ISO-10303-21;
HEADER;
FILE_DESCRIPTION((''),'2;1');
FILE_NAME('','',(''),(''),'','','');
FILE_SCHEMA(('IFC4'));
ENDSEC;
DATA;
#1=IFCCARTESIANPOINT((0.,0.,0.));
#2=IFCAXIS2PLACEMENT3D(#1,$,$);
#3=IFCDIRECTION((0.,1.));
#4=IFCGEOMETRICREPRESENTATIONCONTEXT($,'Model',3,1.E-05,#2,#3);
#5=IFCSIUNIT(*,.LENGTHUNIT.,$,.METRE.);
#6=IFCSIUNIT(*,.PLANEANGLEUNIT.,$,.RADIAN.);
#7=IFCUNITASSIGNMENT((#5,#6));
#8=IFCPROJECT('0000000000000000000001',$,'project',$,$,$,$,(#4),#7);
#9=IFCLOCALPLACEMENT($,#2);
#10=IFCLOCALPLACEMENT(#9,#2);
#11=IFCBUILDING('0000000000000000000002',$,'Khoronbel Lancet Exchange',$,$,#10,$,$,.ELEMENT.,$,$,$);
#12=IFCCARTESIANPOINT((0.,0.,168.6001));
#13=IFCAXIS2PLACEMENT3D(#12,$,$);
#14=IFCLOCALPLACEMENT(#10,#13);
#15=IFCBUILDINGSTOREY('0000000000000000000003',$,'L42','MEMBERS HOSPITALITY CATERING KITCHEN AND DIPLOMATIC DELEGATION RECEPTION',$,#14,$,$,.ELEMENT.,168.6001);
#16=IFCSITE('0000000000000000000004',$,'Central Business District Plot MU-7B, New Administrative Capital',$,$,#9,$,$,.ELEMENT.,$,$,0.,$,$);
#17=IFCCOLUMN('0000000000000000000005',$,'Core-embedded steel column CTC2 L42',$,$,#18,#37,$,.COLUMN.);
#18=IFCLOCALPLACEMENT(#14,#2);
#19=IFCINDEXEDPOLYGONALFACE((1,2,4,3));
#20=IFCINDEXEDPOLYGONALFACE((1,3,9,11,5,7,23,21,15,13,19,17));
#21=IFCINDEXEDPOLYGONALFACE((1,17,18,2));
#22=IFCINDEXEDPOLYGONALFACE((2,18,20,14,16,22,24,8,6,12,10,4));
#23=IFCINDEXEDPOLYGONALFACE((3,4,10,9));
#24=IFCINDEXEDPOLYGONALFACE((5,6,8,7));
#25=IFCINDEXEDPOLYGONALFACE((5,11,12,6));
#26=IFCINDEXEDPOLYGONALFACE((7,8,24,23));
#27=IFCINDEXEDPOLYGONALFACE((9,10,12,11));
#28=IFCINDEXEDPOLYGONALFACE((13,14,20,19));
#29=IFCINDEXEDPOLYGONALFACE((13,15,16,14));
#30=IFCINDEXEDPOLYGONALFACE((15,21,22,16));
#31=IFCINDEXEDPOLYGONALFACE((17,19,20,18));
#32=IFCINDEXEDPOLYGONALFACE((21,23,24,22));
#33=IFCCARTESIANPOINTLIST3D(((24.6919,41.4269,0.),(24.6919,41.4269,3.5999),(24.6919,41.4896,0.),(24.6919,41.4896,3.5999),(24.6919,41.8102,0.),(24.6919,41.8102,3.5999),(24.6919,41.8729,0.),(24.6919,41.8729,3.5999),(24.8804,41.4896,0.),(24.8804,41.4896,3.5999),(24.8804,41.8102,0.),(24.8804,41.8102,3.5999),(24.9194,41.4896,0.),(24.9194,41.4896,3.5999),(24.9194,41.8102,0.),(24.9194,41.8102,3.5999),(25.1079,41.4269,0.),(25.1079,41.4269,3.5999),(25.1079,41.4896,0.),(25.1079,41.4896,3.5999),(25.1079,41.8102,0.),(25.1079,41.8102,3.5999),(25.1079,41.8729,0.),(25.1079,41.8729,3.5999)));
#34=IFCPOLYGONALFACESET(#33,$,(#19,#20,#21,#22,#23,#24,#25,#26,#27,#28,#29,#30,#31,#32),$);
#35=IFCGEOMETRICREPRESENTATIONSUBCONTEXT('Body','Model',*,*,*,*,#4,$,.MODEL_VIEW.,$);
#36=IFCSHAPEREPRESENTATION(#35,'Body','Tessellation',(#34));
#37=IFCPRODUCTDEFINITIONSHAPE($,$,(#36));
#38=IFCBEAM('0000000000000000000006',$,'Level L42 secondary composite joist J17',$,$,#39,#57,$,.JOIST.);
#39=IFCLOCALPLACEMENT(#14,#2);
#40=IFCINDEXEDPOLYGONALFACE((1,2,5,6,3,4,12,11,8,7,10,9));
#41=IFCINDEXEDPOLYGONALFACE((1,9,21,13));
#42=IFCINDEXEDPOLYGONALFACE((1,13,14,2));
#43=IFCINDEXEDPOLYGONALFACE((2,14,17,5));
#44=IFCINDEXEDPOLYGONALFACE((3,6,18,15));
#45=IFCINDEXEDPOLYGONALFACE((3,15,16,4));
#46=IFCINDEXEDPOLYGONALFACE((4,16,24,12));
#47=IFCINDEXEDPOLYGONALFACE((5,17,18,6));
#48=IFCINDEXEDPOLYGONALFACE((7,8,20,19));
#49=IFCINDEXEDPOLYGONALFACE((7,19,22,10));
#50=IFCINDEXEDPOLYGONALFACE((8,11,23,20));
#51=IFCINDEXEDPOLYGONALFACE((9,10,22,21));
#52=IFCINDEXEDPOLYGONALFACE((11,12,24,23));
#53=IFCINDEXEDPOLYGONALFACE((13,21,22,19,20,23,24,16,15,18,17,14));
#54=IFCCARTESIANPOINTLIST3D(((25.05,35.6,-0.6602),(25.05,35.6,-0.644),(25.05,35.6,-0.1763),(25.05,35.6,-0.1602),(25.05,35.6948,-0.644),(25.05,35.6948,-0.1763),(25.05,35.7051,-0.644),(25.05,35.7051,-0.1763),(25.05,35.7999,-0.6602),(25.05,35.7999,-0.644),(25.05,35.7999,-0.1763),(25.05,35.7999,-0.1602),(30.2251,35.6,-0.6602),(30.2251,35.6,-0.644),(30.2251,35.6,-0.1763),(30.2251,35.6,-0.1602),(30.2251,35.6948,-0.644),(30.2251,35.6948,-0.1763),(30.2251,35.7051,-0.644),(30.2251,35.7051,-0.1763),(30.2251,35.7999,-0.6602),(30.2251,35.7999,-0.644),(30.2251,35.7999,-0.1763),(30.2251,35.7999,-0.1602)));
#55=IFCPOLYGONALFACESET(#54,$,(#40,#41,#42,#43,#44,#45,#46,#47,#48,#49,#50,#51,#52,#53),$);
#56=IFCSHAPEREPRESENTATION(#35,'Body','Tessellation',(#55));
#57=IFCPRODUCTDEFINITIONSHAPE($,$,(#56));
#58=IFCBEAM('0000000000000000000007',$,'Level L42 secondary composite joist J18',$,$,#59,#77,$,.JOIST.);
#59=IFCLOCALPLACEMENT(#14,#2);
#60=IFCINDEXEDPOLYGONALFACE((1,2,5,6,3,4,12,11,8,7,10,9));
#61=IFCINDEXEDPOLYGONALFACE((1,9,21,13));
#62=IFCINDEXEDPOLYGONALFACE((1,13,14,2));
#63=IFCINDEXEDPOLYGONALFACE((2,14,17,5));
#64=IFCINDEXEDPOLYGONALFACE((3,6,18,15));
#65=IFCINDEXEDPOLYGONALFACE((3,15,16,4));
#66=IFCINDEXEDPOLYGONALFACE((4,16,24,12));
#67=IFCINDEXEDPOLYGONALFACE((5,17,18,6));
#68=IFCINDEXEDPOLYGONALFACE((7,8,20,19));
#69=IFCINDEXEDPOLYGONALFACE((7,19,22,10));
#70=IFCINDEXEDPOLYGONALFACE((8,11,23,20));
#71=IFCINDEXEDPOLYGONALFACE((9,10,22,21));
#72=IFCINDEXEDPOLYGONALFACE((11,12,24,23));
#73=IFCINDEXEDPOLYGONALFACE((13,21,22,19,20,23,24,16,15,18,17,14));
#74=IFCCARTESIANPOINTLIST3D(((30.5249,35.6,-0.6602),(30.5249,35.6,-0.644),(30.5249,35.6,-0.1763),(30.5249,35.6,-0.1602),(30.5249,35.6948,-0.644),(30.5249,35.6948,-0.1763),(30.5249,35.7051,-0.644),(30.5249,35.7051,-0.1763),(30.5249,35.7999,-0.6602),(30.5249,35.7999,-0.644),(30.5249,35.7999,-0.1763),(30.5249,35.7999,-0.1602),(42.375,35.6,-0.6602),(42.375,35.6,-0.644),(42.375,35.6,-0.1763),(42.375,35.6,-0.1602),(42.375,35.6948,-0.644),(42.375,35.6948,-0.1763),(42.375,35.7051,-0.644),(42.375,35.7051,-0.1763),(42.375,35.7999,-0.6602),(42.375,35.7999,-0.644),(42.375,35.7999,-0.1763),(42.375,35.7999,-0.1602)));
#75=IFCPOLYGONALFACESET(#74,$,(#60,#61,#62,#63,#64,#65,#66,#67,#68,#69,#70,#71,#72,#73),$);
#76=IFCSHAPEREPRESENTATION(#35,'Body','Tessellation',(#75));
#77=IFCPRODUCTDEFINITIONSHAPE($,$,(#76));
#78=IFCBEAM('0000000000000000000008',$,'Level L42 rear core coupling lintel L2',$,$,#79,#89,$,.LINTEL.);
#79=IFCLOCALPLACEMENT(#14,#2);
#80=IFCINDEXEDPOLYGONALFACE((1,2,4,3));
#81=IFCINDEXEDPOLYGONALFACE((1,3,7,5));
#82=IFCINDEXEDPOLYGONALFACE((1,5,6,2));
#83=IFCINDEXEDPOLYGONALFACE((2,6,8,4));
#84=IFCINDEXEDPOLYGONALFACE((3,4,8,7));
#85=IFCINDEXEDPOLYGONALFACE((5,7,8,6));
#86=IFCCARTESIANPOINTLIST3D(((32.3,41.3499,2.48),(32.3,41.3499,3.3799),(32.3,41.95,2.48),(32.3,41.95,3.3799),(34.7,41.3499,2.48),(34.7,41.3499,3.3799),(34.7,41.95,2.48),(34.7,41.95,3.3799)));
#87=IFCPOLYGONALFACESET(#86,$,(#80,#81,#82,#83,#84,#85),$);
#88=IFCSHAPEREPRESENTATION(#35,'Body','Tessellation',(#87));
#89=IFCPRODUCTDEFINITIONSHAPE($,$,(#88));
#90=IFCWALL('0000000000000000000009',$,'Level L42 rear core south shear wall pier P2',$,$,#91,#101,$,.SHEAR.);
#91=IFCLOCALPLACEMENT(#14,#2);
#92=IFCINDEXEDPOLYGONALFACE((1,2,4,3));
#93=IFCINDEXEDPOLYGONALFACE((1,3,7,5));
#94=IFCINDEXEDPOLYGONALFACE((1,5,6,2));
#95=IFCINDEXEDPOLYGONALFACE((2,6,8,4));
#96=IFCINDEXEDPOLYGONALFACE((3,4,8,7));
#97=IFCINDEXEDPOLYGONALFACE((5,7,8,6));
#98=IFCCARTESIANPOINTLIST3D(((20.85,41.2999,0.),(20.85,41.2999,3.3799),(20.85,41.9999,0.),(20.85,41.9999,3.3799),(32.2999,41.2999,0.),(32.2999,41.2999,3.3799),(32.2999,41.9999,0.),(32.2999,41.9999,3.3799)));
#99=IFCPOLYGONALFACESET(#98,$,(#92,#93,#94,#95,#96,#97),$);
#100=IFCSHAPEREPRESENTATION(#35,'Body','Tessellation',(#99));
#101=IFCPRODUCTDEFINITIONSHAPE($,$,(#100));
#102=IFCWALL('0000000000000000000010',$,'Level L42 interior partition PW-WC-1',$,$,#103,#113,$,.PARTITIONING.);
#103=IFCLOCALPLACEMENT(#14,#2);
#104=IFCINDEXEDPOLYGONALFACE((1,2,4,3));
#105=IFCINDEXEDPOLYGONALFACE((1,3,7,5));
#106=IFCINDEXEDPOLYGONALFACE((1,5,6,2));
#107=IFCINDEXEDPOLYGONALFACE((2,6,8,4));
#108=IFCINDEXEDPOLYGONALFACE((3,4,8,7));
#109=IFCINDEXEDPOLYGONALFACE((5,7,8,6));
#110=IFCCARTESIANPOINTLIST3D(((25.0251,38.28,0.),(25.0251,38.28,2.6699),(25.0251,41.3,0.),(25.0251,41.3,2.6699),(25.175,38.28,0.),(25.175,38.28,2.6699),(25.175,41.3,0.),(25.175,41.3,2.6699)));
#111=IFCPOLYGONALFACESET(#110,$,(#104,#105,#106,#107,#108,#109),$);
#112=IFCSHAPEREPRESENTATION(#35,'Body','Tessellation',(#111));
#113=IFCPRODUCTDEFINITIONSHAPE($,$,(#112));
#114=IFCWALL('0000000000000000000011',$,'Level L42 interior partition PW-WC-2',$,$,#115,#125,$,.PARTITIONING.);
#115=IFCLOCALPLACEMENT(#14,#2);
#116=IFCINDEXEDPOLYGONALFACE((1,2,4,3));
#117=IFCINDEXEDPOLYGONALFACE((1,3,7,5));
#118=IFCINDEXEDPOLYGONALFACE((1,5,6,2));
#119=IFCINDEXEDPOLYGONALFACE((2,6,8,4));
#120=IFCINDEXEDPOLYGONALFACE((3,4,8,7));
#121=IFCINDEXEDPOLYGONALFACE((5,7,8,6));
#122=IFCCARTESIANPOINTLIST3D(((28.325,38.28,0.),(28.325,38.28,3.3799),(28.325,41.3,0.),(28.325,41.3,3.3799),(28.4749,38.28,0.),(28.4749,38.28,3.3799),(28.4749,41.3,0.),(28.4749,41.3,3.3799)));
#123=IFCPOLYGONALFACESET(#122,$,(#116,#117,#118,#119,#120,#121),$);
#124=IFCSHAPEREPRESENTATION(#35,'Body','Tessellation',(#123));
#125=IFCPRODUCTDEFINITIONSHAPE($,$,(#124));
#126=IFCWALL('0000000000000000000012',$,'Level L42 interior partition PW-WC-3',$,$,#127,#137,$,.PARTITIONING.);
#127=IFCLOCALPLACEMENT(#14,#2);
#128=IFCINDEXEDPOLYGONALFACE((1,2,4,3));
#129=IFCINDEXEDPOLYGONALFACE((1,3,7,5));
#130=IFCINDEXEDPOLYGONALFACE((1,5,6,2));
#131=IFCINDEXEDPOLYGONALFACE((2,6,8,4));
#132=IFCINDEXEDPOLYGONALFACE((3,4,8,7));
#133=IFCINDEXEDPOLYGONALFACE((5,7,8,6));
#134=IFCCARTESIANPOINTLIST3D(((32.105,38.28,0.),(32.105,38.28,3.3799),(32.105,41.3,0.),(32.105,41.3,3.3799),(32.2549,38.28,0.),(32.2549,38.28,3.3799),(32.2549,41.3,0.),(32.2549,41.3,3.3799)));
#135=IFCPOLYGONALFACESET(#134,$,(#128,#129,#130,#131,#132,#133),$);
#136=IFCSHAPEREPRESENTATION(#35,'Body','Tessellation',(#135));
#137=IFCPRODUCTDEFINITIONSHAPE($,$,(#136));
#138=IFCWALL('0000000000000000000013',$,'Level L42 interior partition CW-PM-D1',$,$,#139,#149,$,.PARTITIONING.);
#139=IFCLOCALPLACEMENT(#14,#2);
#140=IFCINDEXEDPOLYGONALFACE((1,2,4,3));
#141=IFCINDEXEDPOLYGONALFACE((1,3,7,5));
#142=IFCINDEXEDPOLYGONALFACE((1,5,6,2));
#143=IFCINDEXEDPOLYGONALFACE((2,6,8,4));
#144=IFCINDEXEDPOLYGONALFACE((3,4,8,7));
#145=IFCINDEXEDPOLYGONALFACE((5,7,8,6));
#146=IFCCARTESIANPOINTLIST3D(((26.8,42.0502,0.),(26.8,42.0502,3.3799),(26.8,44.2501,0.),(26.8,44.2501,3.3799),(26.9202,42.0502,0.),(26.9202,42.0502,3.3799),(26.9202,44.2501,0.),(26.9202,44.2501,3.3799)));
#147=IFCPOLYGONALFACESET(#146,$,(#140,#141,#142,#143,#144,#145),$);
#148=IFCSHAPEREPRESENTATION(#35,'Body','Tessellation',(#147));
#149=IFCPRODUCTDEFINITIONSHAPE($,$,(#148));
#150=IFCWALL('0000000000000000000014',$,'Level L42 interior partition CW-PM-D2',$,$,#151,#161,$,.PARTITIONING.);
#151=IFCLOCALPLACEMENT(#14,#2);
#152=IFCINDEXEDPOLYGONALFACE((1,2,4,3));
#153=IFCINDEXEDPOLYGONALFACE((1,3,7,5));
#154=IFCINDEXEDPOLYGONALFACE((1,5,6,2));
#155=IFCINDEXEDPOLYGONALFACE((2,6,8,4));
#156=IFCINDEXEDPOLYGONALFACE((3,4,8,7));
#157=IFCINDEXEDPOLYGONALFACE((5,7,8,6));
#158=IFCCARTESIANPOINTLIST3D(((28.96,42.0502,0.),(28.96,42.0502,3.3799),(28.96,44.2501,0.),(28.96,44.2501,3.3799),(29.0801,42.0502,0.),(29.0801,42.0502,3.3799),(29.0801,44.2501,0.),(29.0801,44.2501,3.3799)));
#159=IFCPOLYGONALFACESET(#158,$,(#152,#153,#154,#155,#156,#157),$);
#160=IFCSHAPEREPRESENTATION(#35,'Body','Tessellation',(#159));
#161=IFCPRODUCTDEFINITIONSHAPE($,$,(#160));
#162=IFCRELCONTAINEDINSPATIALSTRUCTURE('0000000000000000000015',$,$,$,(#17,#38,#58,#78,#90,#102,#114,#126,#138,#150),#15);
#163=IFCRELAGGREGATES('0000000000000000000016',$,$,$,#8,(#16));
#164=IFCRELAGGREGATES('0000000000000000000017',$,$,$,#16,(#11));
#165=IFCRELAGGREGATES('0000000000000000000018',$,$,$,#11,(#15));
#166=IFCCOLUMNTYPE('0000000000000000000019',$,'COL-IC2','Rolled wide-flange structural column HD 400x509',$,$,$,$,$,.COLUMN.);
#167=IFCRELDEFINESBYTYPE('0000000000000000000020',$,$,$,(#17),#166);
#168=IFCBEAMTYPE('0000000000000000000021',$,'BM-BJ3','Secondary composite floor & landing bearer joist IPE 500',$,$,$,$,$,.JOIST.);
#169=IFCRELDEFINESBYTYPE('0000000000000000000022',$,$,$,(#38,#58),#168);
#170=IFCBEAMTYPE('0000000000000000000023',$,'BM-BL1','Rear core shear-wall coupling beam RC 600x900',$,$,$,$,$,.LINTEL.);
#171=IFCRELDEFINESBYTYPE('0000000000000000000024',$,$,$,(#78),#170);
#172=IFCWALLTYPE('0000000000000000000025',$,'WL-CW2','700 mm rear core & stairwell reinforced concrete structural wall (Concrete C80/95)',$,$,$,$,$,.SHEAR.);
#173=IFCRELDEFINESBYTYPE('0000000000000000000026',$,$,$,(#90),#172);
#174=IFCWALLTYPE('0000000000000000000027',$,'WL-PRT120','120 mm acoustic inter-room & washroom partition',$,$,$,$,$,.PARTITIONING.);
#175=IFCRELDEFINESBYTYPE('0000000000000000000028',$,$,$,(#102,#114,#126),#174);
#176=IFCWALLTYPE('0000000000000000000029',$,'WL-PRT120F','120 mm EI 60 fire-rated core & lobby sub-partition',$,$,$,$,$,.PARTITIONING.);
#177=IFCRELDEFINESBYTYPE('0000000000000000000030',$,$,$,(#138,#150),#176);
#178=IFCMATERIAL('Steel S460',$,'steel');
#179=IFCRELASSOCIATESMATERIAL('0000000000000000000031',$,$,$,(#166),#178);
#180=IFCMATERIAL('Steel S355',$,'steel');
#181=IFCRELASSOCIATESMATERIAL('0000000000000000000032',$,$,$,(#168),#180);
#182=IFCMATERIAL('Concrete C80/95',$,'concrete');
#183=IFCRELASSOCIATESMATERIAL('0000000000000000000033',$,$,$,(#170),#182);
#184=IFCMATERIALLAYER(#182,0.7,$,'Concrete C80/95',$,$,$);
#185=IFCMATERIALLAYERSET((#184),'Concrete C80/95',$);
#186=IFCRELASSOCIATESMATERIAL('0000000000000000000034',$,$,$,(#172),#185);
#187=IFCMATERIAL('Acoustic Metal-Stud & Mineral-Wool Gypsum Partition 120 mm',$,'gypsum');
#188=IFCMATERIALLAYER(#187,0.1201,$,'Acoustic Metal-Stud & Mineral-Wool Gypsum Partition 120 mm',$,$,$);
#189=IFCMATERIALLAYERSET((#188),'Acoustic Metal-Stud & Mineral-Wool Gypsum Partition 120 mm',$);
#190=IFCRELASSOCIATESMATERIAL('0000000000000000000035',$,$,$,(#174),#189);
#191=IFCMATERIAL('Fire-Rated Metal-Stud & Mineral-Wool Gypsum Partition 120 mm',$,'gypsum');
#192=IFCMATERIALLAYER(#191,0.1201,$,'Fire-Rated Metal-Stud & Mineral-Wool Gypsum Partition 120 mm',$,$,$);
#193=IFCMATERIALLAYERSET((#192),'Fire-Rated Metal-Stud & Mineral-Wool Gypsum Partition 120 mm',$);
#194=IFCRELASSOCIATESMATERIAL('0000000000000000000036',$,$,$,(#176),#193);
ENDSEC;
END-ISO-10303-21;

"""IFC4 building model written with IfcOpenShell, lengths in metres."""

from ifc_helpers import new_model, si_unit, direction, frame, frame_2d, origin, origin_2d, place, context, subcontext, project, spatial, rectangle, i_section, extrude, material, layer, layer_set, material_profile, profile_set, type_object, element, save


model = new_model("IFC4")

# Units and contexts
model_context = context("Model", 3, precision=1e-05, world=origin(), true_north=direction((0.0, 1.0)))
body_context = subcontext(model_context, "Body", "Model", "MODEL_VIEW")
ifc_project = project(units=[si_unit("LENGTHUNIT", "METRE"), si_unit("PLANEANGLEUNIT", "RADIAN")], contexts=[model_context])

# Site, building, storey
site_placement = place(None, origin())
site = spatial("IfcSite", under=ifc_project, at=site_placement, Name="Central Business District Plot MU-7B, New Administrative Capital", CompositionType="ELEMENT", RefElevation=0.0)
building_placement = place(site_placement, origin())
building = spatial("IfcBuilding", under=site, at=building_placement, Name="Khoronbel Lancet Exchange", CompositionType="ELEMENT")
storey_placement = place(building_placement, frame((0.0, 0.0, 168.6001)))
storey = spatial("IfcBuildingStorey", under=building, at=storey_placement, Name="L42", Description="MEMBERS HOSPITALITY CATERING KITCHEN AND DIPLOMATIC DELEGATION RECEPTION", CompositionType="ELEMENT", Elevation=168.6001)

# Column
ifc_material_1 = material(Name="Steel S460", Category="steel")
ifc_material_profile_1 = material_profile(ifc_material_1, i_section(OverallWidth=0.416, OverallDepth=0.446, WebThickness=0.0391, FlangeThickness=0.0627, at=origin_2d()), Name="HD 400x509")
ifc_profile_set_1 = profile_set([ifc_material_profile_1], Name="Steel S460")
column_type = type_object("IfcColumnType", Name="COL-IC2", Description="Rolled wide-flange structural column HD 400x509", PredefinedType="COLUMN", material=ifc_profile_set_1)
column_placement = place(storey_placement, frame((24.8999, 41.6499, 0.0), z_axis=(0.0, 0.0, 1.0), x_axis=(1.0, 0.0, 0.0)))
element("IfcColumn", 1, at=column_placement, inside=storey, type_object=column_type, Name="Core-embedded steel column CTC2 L42", PredefinedType="COLUMN", context=body_context, shape_type="SweptSolid", body=[
    extrude(i_section(OverallWidth=0.416, OverallDepth=0.446, WebThickness=0.0391, FlangeThickness=0.0627, at=origin_2d()), origin(), (0.0, 0.0, 1.0), 3.5999),
])

# Beams
ifc_material_2 = material(Name="Steel S355", Category="steel")
ifc_material_profile_2 = material_profile(ifc_material_2, i_section(OverallWidth=0.2, OverallDepth=0.5, WebThickness=0.0103, FlangeThickness=0.0161, at=origin_2d()), Name="IPE 500")
ifc_profile_set_2 = profile_set([ifc_material_profile_2], Name="Steel S355")
beam_type_1 = type_object("IfcBeamType", Name="BM-BJ3", Description="Secondary composite floor & landing bearer joist IPE 500", PredefinedType="JOIST", material=ifc_profile_set_2)
beam_1_placement = place(storey_placement, frame((25.05, 35.7, -0.4102), z_axis=(1.0, 0.0, 0.0), x_axis=(0.0, 1.0, 0.0)))
element("IfcBeam", 2, at=beam_1_placement, inside=storey, type_object=beam_type_1, Name="Level L42 secondary composite joist J17", PredefinedType="JOIST", context=body_context, shape_type="SweptSolid", body=[
    extrude(i_section(OverallWidth=0.2, OverallDepth=0.5, WebThickness=0.0103, FlangeThickness=0.0161, at=origin_2d()), origin(), (0.0, 0.0, 1.0), 5.175),
])
beam_2_placement = place(storey_placement, frame((30.5249, 35.7, -0.4102), z_axis=(1.0, 0.0, 0.0), x_axis=(0.0, 1.0, 0.0)))
element("IfcBeam", 3, at=beam_2_placement, inside=storey, type_object=beam_type_1, Name="Level L42 secondary composite joist J18", PredefinedType="JOIST", context=body_context, shape_type="SweptSolid", body=[
    extrude(i_section(OverallWidth=0.2, OverallDepth=0.5, WebThickness=0.0103, FlangeThickness=0.0161, at=origin_2d()), origin(), (0.0, 0.0, 1.0), 11.8501),
])
ifc_material_3 = material(Name="Concrete C80/95", Category="concrete")
ifc_material_profile_3 = material_profile(ifc_material_3, rectangle(XDim=0.6001, YDim=0.8999, at=origin_2d()), Name="RC 600x900")
ifc_profile_set_3 = profile_set([ifc_material_profile_3], Name="Concrete C80/95")
beam_type_2 = type_object("IfcBeamType", Name="BM-BL1", Description="Rear core shear-wall coupling beam RC 600x900", PredefinedType="LINTEL", material=ifc_profile_set_3)
beam_3_placement = place(storey_placement, frame((32.3, 41.6499, 2.9299), z_axis=(1.0, 0.0, 0.0), x_axis=(0.0, 1.0, 0.0)))
element("IfcBeam", 4, at=beam_3_placement, inside=storey, type_object=beam_type_2, Name="Level L42 rear core coupling lintel L2", PredefinedType="LINTEL", context=body_context, shape_type="SweptSolid", body=[
    extrude(rectangle(XDim=0.6001, YDim=0.8999, at=origin_2d()), origin(), (0.0, 0.0, 1.0), 2.3999),
])

# Walls
ifc_layer_1 = layer(ifc_material_3, 0.7, Name="Concrete C80/95")
ifc_layer_set_1 = layer_set([ifc_layer_1], Name="Concrete C80/95")
wall_type_1 = type_object("IfcWallType", Name="WL-CW2", Description="700 mm rear core & stairwell reinforced concrete structural wall (Concrete C80/95)", PredefinedType="SHEAR", material=ifc_layer_set_1)
wall_1_placement = place(storey_placement, frame((32.3, 41.6499, 0.0), z_axis=(0.0, 0.0, 1.0), x_axis=(-1.0, 0.0, 0.0)))
element("IfcWall", 5, at=wall_1_placement, inside=storey, type_object=wall_type_1, Name="Level L42 rear core south shear wall pier P2", PredefinedType="SHEAR", context=body_context, shape_type="SweptSolid", body=[
    extrude(rectangle(XDim=11.45, YDim=0.7, at=frame_2d((5.7251, 0.0))), origin(), (0.0, 0.0, 1.0), 3.3799),
])
ifc_material_4 = material(Name="Acoustic Metal-Stud & Mineral-Wool Gypsum Partition 120 mm", Category="gypsum")
ifc_layer_2 = layer(ifc_material_4, 0.1201, Name="Acoustic Metal-Stud & Mineral-Wool Gypsum Partition 120 mm")
ifc_layer_set_2 = layer_set([ifc_layer_2], Name="Acoustic Metal-Stud & Mineral-Wool Gypsum Partition 120 mm")
wall_type_2 = type_object("IfcWallType", Name="WL-PRT120", Description="120 mm acoustic inter-room & washroom partition", PredefinedType="PARTITIONING", material=ifc_layer_set_2)
wall_2_placement = place(storey_placement, frame((25.1001, 38.28, 0.0), z_axis=(0.0, 0.0, 1.0), x_axis=(0.0, 1.0, 0.0)))
element("IfcWall", 6, at=wall_2_placement, inside=storey, type_object=wall_type_2, Name="Level L42 interior partition PW-WC-1", PredefinedType="PARTITIONING", context=body_context, shape_type="SweptSolid", body=[
    extrude(rectangle(XDim=3.02, YDim=0.1499, at=frame_2d((1.51, 0.0))), origin(), (0.0, 0.0, 1.0), 2.6699),
])
for number, where, z_axis, x_axis, name in (
    (7, (28.3999, 38.28, 0.0), (0.0, 0.0, 1.0), (0.0, 1.0, 0.0), "Level L42 interior partition PW-WC-2"),
    (8, (32.1799, 38.28, 0.0), (0.0, 0.0, 1.0), (0.0, 1.0, 0.0), "Level L42 interior partition PW-WC-3"),
):
    element("IfcWall", number, at=place(storey_placement, frame(where, z_axis=z_axis, x_axis=x_axis)), inside=storey, type_object=wall_type_2, Name=name, PredefinedType="PARTITIONING", context=body_context, shape_type="SweptSolid", body=[
        extrude(rectangle(XDim=3.02, YDim=0.1499, at=frame_2d((1.51, 0.0))), origin(), (0.0, 0.0, 1.0), 3.3799),
    ])
ifc_material_5 = material(Name="Fire-Rated Metal-Stud & Mineral-Wool Gypsum Partition 120 mm", Category="gypsum")
ifc_layer_3 = layer(ifc_material_5, 0.1201, Name="Fire-Rated Metal-Stud & Mineral-Wool Gypsum Partition 120 mm")
ifc_layer_set_3 = layer_set([ifc_layer_3], Name="Fire-Rated Metal-Stud & Mineral-Wool Gypsum Partition 120 mm")
wall_type_3 = type_object("IfcWallType", Name="WL-PRT120F", Description="120 mm EI 60 fire-rated core & lobby sub-partition", PredefinedType="PARTITIONING", material=ifc_layer_set_3)
for number, where, z_axis, x_axis, name in (
    (9, (26.8601, 42.05, 0.0), (0.0, 0.0, 1.0), (0.0, 1.0, 0.0), "Level L42 interior partition CW-PM-D1"),
    (10, (29.02, 42.05, 0.0), (0.0, 0.0, 1.0), (0.0, 1.0, 0.0), "Level L42 interior partition CW-PM-D2"),
):
    element("IfcWall", number, at=place(storey_placement, frame(where, z_axis=z_axis, x_axis=x_axis)), inside=storey, type_object=wall_type_3, Name=name, PredefinedType="PARTITIONING", context=body_context, shape_type="SweptSolid", body=[
        extrude(rectangle(XDim=2.2, YDim=0.1201, at=frame_2d((1.1001, 0.0))), origin(), (0.0, 0.0, 1.0), 3.3799),
    ])

save(model, "model.ifc")
